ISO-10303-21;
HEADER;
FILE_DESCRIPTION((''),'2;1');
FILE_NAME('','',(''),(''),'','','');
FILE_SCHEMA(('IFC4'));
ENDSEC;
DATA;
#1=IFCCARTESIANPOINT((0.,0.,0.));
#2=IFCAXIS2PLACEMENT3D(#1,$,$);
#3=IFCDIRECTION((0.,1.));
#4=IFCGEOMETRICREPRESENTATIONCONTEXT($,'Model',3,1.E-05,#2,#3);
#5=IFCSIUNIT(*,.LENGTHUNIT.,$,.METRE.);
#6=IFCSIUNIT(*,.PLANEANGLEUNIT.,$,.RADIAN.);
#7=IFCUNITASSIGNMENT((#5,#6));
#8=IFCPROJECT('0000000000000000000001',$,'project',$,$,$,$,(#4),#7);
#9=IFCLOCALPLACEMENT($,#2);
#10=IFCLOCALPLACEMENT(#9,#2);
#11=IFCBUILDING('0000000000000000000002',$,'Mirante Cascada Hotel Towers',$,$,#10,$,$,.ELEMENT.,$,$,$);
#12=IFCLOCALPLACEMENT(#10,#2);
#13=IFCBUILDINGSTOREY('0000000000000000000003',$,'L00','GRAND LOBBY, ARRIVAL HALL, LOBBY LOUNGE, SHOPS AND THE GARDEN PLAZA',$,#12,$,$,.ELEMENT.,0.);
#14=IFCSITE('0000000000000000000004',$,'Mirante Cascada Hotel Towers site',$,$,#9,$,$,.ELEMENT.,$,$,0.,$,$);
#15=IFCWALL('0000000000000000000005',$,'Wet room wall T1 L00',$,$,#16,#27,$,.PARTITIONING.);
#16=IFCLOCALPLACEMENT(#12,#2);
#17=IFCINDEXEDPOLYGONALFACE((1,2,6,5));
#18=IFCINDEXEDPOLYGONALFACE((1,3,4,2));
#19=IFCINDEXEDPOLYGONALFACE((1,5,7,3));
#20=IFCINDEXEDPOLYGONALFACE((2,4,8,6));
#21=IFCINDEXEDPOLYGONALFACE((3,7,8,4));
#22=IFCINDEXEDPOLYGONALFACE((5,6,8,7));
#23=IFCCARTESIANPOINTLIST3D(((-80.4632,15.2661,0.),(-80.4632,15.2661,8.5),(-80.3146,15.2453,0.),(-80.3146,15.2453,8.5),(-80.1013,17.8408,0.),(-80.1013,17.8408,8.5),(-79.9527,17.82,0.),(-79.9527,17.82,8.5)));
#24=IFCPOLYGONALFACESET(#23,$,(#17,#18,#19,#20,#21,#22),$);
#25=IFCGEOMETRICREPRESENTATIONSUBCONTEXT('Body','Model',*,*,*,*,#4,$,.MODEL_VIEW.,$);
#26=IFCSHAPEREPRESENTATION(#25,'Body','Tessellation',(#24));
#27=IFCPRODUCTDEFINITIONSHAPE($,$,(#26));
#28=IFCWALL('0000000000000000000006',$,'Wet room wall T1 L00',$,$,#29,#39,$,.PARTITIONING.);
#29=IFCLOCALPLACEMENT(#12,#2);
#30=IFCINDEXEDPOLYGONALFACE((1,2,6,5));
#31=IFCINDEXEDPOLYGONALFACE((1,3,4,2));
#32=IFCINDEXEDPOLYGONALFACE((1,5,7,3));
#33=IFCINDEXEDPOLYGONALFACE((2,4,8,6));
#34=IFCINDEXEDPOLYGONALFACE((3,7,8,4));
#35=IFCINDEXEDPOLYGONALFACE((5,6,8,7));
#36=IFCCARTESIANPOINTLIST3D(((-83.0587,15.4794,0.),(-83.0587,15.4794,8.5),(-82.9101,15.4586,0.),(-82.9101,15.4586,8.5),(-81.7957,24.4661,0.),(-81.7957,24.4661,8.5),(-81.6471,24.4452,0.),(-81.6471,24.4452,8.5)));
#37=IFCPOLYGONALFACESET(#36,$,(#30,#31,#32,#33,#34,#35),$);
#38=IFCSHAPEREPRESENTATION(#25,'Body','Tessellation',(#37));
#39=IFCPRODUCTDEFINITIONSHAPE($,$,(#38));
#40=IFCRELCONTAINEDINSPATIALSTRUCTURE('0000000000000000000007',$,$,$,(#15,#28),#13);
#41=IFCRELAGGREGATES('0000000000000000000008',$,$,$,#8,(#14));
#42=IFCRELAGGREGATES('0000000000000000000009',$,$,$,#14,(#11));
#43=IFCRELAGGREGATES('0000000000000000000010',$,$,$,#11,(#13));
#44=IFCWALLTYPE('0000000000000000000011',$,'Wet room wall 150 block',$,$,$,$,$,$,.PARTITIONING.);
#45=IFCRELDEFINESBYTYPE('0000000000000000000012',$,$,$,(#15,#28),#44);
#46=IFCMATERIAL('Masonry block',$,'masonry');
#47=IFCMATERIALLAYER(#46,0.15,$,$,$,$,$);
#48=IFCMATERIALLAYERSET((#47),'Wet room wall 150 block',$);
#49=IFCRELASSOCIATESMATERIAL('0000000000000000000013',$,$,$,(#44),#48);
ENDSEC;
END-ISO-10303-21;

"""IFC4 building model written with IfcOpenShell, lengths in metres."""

from ifc_helpers import new_model, si_unit, direction, frame, frame_2d, origin, place, context, subcontext, project, spatial, rectangle, extrude, material, layer, layer_set, type_object, element, save


model = new_model("IFC4")

# Units and contexts
model_context = context("Model", 3, precision=1e-05, world=origin(), true_north=direction((0.0, 1.0)))
body_context = subcontext(model_context, "Body", "Model", "MODEL_VIEW")
ifc_project = project(units=[si_unit("LENGTHUNIT", "METRE"), si_unit("PLANEANGLEUNIT", "RADIAN")], contexts=[model_context])

# Site, building, storey
site_placement = place(None, origin())
site = spatial("IfcSite", under=ifc_project, at=site_placement, Name="Mirante Cascada Hotel Towers site", CompositionType="ELEMENT", RefElevation=0.0)
building_placement = place(site_placement, origin())
building = spatial("IfcBuilding", under=site, at=building_placement, Name="Mirante Cascada Hotel Towers", CompositionType="ELEMENT")
storey_placement = place(building_placement, origin())
storey = spatial("IfcBuildingStorey", under=building, at=storey_placement, Name="L00", Description="GRAND LOBBY, ARRIVAL HALL, LOBBY LOUNGE, SHOPS AND THE GARDEN PLAZA", CompositionType="ELEMENT", Elevation=0.0)

# Shared definitions
ifc_material_1 = material(Name="Masonry block", Category="masonry")
ifc_layer_1 = layer(ifc_material_1, 0.15)
ifc_layer_set_1 = layer_set([ifc_layer_1], Name="Wet room wall 150 block")
wall_type_1 = type_object("IfcWallType", Name="Wet room wall 150 block", PredefinedType="PARTITIONING", material=ifc_layer_set_1)

# Walls
wall_1_placement = place(storey_placement, frame((-80.3889, 15.2557, 0.0), z_axis=(0.0, 0.0, 1.0), x_axis=(0.139192, 0.990265, 0.0)))
element("IfcWall", 1, at=wall_1_placement, inside=storey, type_object=wall_type_1, Name="Wet room wall T1 L00", PredefinedType="PARTITIONING", context=body_context, shape_type="SweptSolid", body=[
    extrude(rectangle(XDim=2.6, YDim=0.15, at=frame_2d((1.3, 0.0))), origin(), (0.0, 0.0, 1.0), 8.5),
])
wall_2_placement = place(storey_placement, frame((-82.9844, 15.469, 0.0), z_axis=(0.0, 0.0, 1.0), x_axis=(0.139173, 0.990268, 0.0)))
element("IfcWall", 2, at=wall_2_placement, inside=storey, type_object=wall_type_1, Name="Wet room wall T1 L00", PredefinedType="PARTITIONING", context=body_context, shape_type="SweptSolid", body=[
    extrude(rectangle(XDim=9.075, YDim=0.15, at=frame_2d((4.5375, 0.0))), origin(), (0.0, 0.0, 1.0), 8.5),
])

save(model, "model.ifc")
